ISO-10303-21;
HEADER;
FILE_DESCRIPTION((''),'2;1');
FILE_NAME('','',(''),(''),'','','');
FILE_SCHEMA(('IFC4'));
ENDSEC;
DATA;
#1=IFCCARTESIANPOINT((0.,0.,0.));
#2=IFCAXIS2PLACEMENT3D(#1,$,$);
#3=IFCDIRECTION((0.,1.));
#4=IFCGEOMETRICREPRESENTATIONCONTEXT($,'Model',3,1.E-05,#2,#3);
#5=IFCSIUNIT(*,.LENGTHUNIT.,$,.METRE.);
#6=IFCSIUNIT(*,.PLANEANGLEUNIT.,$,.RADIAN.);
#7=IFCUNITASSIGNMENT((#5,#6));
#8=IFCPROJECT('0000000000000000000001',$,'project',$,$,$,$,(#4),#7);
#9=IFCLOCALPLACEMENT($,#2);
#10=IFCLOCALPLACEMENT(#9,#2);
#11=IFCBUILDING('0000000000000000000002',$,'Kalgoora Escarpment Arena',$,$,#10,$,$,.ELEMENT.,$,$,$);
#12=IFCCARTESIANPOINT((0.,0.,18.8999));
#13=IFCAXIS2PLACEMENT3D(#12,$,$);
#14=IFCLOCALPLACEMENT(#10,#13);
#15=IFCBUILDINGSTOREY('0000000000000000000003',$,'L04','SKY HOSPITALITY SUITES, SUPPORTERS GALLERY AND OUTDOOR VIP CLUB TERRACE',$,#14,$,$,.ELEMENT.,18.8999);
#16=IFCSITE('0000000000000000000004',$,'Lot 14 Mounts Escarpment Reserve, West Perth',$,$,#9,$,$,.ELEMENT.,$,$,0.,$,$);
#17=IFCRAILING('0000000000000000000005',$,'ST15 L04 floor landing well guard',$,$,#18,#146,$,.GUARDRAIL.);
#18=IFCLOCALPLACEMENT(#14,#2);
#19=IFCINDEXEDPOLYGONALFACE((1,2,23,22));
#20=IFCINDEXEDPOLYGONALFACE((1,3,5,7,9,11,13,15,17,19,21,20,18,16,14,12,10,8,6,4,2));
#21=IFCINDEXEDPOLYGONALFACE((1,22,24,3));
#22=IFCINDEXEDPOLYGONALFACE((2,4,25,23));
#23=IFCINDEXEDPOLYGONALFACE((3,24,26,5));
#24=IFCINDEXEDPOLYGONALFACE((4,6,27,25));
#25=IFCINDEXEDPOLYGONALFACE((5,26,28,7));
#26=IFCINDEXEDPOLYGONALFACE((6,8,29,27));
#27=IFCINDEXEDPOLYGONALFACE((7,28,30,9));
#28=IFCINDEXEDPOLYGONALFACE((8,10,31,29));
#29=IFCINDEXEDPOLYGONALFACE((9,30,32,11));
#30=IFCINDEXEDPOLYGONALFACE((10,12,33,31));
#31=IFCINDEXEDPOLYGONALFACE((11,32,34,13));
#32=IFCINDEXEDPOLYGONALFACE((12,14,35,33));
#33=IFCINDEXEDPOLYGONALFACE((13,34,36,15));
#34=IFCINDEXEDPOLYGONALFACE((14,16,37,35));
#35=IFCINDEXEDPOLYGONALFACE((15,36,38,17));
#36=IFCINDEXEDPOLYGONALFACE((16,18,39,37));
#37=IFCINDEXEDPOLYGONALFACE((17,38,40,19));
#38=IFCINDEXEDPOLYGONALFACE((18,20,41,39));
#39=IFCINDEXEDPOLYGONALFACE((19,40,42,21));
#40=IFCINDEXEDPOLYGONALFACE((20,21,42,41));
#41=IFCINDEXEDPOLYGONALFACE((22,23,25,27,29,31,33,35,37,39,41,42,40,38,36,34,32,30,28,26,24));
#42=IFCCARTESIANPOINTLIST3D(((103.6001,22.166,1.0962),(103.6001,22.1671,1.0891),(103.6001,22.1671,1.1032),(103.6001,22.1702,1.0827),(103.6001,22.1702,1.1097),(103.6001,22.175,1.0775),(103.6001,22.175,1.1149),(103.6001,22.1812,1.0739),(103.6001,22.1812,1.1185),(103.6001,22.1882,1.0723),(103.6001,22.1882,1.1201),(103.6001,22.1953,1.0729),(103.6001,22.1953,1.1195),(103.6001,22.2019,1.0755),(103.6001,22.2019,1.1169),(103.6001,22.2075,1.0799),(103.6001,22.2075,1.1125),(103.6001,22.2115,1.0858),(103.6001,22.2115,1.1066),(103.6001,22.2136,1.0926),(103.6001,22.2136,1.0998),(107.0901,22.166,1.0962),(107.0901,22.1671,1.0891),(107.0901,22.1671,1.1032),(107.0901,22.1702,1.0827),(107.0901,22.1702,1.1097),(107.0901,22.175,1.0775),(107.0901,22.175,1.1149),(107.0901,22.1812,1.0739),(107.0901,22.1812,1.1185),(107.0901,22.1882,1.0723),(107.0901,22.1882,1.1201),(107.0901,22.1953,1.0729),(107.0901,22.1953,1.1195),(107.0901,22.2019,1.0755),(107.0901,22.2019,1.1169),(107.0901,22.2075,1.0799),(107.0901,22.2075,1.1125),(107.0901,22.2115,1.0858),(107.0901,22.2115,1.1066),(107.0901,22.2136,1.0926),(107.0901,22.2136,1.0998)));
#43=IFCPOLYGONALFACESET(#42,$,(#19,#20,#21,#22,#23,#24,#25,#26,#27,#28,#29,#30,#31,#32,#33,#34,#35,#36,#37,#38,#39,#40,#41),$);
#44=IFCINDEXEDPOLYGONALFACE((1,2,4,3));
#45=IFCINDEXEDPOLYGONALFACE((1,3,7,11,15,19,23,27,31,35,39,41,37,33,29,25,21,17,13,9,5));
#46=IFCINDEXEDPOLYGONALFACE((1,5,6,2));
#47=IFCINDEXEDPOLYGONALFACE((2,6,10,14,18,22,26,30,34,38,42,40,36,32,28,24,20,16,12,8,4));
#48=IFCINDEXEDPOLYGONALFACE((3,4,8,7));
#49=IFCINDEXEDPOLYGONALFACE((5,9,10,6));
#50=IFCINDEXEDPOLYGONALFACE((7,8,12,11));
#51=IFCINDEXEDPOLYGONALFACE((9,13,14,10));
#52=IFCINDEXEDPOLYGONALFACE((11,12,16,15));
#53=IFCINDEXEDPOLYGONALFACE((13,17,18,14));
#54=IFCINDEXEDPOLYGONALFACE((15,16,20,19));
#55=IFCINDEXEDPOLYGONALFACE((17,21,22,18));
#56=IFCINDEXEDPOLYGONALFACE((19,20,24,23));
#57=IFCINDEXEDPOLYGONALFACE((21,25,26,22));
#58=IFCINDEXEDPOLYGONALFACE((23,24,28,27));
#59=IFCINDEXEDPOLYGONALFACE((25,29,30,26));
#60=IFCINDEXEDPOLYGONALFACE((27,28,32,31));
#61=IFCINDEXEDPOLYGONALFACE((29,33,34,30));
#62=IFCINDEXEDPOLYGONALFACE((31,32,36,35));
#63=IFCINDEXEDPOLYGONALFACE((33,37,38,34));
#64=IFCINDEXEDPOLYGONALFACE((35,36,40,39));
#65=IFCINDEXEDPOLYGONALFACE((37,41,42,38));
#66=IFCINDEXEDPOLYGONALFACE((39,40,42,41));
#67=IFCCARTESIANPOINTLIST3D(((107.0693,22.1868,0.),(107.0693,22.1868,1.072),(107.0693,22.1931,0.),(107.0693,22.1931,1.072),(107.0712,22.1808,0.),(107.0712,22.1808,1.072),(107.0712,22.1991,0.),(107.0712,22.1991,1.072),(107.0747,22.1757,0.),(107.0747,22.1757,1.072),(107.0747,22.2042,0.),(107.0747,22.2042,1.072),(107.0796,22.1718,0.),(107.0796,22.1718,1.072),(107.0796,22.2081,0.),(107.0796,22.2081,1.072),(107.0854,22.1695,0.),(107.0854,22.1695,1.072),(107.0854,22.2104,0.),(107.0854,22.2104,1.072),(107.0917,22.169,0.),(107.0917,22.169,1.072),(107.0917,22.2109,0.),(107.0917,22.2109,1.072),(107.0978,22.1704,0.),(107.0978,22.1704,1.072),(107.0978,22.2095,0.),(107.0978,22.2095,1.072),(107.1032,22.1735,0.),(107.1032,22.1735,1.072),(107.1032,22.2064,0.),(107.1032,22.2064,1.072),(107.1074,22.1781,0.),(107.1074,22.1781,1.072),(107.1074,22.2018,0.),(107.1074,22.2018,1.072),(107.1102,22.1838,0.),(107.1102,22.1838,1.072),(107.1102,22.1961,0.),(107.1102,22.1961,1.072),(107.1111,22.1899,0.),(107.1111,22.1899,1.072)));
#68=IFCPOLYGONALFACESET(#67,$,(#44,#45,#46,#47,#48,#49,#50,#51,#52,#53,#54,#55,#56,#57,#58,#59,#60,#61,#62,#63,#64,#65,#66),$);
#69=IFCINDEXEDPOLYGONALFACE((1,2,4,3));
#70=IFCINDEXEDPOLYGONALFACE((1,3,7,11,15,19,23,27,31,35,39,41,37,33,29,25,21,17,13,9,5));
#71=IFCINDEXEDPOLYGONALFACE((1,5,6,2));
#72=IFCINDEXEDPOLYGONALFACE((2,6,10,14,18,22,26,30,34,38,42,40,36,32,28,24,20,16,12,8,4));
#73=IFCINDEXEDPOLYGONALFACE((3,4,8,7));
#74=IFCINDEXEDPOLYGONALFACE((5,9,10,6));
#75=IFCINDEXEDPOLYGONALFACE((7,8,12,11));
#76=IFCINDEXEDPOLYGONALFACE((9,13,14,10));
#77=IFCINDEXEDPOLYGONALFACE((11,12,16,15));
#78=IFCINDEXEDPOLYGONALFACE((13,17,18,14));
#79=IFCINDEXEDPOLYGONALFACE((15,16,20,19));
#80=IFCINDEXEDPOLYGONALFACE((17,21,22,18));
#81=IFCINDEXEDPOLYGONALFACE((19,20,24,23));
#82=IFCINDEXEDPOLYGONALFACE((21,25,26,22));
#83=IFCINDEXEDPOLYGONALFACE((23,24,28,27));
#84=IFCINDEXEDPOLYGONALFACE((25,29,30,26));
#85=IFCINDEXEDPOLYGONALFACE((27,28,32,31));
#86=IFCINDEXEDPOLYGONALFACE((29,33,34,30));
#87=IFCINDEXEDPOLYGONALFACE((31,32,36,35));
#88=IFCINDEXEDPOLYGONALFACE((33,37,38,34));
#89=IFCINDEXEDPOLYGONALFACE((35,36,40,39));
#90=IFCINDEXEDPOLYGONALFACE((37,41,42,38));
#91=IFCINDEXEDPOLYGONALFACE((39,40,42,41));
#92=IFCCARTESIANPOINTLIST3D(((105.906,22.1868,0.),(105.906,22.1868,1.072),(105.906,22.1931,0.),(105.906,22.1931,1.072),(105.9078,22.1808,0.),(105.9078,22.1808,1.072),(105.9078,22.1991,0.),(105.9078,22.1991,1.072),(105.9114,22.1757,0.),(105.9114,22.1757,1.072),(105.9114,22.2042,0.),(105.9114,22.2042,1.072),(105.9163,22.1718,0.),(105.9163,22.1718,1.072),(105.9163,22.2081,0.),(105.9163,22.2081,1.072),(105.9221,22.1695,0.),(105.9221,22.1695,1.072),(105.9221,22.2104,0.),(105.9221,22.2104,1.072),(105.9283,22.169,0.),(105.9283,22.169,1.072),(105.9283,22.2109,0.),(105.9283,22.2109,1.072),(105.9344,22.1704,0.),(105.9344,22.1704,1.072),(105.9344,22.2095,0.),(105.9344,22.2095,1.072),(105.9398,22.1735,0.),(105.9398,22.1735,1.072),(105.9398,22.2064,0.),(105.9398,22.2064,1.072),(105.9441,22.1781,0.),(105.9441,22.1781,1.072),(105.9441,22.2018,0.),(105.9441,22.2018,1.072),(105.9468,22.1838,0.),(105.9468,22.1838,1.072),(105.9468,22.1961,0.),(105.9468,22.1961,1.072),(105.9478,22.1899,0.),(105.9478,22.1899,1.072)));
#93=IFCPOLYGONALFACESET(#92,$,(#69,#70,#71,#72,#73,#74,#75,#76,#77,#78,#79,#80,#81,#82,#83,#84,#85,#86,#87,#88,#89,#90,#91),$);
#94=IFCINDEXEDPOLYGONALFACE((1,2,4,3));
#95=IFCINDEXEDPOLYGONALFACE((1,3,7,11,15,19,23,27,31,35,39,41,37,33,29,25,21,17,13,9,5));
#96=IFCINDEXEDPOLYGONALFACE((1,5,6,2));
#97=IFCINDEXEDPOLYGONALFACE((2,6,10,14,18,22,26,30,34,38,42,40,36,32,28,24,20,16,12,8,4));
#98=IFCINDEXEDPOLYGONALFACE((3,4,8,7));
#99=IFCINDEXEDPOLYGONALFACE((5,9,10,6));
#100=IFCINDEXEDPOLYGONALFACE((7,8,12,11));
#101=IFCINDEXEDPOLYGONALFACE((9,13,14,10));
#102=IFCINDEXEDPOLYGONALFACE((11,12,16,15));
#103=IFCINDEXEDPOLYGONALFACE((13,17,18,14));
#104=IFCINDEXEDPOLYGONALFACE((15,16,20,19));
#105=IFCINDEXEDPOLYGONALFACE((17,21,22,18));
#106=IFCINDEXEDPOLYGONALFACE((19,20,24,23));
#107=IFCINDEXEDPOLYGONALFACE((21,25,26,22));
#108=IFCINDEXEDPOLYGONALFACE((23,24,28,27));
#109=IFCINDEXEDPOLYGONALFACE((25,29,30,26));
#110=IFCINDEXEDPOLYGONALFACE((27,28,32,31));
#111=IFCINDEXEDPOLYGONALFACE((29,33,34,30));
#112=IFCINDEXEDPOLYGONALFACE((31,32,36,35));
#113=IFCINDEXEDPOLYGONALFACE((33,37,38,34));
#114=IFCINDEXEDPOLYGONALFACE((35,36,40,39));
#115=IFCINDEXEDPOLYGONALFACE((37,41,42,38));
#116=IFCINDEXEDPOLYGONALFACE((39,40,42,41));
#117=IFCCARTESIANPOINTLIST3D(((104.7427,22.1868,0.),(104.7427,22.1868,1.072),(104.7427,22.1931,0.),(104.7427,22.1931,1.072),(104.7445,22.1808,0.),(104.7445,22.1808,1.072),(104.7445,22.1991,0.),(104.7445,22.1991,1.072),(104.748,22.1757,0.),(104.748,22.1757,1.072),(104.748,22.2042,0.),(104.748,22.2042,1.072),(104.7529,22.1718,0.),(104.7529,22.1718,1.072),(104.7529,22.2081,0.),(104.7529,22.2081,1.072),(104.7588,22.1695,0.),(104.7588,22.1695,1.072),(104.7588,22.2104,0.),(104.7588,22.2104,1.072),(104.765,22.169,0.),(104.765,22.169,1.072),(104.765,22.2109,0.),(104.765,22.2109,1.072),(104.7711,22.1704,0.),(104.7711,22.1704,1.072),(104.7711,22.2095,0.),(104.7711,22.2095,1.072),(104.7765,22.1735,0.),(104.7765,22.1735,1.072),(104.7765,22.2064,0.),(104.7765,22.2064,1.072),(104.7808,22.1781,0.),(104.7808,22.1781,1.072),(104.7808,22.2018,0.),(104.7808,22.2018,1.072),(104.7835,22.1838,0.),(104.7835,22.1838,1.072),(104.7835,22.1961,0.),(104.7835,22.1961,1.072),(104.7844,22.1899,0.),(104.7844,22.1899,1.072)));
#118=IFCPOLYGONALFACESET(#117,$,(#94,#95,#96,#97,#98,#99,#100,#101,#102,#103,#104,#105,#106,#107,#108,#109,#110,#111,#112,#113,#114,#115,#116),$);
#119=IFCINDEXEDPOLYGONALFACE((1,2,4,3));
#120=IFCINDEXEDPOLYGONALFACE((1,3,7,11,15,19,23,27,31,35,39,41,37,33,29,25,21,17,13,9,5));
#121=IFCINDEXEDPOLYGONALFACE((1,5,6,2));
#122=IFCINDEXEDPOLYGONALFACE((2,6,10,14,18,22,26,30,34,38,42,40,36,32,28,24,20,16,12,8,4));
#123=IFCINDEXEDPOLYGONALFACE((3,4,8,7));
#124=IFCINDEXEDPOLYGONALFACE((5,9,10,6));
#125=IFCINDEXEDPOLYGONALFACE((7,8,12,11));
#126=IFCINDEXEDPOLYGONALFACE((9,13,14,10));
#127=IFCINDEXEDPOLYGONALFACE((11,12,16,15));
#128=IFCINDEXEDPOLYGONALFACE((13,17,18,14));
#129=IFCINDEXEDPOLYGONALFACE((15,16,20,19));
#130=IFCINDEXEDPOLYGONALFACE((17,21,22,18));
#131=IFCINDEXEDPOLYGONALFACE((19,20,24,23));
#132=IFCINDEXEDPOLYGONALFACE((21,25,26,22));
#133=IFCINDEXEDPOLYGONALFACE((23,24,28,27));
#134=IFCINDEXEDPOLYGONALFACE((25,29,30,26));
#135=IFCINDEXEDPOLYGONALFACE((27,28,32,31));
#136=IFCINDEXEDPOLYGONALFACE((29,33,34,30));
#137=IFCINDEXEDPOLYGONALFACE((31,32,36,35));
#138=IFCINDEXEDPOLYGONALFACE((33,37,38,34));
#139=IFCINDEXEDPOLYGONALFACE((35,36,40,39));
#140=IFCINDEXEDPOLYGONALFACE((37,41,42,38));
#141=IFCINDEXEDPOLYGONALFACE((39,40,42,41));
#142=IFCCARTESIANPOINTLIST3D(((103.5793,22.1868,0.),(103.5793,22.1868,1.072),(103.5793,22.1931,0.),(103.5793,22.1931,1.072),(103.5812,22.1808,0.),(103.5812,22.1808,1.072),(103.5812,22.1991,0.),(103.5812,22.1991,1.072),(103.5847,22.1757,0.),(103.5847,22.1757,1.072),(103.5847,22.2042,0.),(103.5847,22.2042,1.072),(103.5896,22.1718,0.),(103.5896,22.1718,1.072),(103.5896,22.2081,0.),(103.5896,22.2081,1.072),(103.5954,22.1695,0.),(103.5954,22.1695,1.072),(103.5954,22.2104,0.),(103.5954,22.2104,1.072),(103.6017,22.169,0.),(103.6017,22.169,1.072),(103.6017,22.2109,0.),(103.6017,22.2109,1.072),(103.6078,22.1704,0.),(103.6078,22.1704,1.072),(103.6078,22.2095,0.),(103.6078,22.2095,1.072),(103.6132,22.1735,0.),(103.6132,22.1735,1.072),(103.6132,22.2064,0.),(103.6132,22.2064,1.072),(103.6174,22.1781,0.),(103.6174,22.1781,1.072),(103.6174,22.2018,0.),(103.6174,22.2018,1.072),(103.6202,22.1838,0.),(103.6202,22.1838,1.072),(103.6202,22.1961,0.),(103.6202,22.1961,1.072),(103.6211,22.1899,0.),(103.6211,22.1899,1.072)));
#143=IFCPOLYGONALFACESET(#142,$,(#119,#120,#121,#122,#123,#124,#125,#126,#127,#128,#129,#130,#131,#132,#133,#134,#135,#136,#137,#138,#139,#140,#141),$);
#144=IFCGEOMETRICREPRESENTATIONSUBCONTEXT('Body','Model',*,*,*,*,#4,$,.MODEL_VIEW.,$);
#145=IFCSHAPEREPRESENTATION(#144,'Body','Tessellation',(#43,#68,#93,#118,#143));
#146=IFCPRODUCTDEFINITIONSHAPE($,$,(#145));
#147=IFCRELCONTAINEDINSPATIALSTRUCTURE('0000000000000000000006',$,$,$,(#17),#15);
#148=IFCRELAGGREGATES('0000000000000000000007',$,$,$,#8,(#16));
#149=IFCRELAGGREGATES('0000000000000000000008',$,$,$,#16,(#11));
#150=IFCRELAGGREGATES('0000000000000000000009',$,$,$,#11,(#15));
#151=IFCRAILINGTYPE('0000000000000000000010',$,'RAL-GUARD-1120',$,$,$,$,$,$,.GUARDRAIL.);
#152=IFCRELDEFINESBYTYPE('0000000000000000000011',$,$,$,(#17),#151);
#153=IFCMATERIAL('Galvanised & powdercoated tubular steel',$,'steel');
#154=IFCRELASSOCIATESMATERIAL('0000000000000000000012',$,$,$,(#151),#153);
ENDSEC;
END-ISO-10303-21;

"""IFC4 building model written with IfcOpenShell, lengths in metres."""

from ifc_helpers import new_model, si_unit, direction, frame, origin, origin_2d, place, context, subcontext, project, spatial, circle, extrude, material, type_object, element, save


model = new_model("IFC4")

# Units and contexts
model_context = context("Model", 3, precision=1e-05, world=origin(), true_north=direction((0.0, 1.0)))
body_context = subcontext(model_context, "Body", "Model", "MODEL_VIEW")
ifc_project = project(units=[si_unit("LENGTHUNIT", "METRE"), si_unit("PLANEANGLEUNIT", "RADIAN")], contexts=[model_context])

# Site, building, storey
site_placement = place(None, origin())
site = spatial("IfcSite", under=ifc_project, at=site_placement, Name="Lot 14 Mounts Escarpment Reserve, West Perth", CompositionType="ELEMENT", RefElevation=0.0)
building_placement = place(site_placement, origin())
building = spatial("IfcBuilding", under=site, at=building_placement, Name="Kalgoora Escarpment Arena", CompositionType="ELEMENT")
storey_placement = place(building_placement, frame((0.0, 0.0, 18.8999)))
storey = spatial("IfcBuildingStorey", under=building, at=storey_placement, Name="L04", Description="SKY HOSPITALITY SUITES, SUPPORTERS GALLERY AND OUTDOOR VIP CLUB TERRACE", CompositionType="ELEMENT", Elevation=18.8999)

# Railing
ifc_material_1 = material(Name="Galvanised & powdercoated tubular steel", Category="steel")
railing_type_1 = type_object("IfcRailingType", Name="RAL-GUARD-1120", PredefinedType="GUARDRAIL", material=ifc_material_1)
for number, where, name in (
    (1, (107.0901, 22.1899, 0.0), "ST15 L04 floor landing well guard"),
):
    element("IfcRailing", number, at=place(storey_placement, frame(where)), inside=storey, type_object=railing_type_1, Name=name, PredefinedType="GUARDRAIL", context=body_context, shape_type="SweptSolid", body=[
        extrude(circle(Radius=0.0239, at=origin_2d()), frame((0.0, 0.0, 1.0962), z_axis=(-1.0, 0.0, 0.0), x_axis=(0.0, -1.0, 0.0)), (0.0, 0.0, 1.0), 3.49),
        extrude(circle(Radius=0.021, at=origin_2d()), origin(), (0.0, 0.0, 1.0), 1.072),
        extrude(circle(Radius=0.021, at=origin_2d()), frame((-1.1633, 0.0, 0.0)), (0.0, 0.0, 1.0), 1.072),
        extrude(circle(Radius=0.021, at=origin_2d()), frame((-2.3267, 0.0, 0.0)), (0.0, 0.0, 1.0), 1.072),
        extrude(circle(Radius=0.021, at=origin_2d()), frame((-3.49, 0.0, 0.0)), (0.0, 0.0, 1.0), 1.072),
    ])

save(model, "model.ifc")
